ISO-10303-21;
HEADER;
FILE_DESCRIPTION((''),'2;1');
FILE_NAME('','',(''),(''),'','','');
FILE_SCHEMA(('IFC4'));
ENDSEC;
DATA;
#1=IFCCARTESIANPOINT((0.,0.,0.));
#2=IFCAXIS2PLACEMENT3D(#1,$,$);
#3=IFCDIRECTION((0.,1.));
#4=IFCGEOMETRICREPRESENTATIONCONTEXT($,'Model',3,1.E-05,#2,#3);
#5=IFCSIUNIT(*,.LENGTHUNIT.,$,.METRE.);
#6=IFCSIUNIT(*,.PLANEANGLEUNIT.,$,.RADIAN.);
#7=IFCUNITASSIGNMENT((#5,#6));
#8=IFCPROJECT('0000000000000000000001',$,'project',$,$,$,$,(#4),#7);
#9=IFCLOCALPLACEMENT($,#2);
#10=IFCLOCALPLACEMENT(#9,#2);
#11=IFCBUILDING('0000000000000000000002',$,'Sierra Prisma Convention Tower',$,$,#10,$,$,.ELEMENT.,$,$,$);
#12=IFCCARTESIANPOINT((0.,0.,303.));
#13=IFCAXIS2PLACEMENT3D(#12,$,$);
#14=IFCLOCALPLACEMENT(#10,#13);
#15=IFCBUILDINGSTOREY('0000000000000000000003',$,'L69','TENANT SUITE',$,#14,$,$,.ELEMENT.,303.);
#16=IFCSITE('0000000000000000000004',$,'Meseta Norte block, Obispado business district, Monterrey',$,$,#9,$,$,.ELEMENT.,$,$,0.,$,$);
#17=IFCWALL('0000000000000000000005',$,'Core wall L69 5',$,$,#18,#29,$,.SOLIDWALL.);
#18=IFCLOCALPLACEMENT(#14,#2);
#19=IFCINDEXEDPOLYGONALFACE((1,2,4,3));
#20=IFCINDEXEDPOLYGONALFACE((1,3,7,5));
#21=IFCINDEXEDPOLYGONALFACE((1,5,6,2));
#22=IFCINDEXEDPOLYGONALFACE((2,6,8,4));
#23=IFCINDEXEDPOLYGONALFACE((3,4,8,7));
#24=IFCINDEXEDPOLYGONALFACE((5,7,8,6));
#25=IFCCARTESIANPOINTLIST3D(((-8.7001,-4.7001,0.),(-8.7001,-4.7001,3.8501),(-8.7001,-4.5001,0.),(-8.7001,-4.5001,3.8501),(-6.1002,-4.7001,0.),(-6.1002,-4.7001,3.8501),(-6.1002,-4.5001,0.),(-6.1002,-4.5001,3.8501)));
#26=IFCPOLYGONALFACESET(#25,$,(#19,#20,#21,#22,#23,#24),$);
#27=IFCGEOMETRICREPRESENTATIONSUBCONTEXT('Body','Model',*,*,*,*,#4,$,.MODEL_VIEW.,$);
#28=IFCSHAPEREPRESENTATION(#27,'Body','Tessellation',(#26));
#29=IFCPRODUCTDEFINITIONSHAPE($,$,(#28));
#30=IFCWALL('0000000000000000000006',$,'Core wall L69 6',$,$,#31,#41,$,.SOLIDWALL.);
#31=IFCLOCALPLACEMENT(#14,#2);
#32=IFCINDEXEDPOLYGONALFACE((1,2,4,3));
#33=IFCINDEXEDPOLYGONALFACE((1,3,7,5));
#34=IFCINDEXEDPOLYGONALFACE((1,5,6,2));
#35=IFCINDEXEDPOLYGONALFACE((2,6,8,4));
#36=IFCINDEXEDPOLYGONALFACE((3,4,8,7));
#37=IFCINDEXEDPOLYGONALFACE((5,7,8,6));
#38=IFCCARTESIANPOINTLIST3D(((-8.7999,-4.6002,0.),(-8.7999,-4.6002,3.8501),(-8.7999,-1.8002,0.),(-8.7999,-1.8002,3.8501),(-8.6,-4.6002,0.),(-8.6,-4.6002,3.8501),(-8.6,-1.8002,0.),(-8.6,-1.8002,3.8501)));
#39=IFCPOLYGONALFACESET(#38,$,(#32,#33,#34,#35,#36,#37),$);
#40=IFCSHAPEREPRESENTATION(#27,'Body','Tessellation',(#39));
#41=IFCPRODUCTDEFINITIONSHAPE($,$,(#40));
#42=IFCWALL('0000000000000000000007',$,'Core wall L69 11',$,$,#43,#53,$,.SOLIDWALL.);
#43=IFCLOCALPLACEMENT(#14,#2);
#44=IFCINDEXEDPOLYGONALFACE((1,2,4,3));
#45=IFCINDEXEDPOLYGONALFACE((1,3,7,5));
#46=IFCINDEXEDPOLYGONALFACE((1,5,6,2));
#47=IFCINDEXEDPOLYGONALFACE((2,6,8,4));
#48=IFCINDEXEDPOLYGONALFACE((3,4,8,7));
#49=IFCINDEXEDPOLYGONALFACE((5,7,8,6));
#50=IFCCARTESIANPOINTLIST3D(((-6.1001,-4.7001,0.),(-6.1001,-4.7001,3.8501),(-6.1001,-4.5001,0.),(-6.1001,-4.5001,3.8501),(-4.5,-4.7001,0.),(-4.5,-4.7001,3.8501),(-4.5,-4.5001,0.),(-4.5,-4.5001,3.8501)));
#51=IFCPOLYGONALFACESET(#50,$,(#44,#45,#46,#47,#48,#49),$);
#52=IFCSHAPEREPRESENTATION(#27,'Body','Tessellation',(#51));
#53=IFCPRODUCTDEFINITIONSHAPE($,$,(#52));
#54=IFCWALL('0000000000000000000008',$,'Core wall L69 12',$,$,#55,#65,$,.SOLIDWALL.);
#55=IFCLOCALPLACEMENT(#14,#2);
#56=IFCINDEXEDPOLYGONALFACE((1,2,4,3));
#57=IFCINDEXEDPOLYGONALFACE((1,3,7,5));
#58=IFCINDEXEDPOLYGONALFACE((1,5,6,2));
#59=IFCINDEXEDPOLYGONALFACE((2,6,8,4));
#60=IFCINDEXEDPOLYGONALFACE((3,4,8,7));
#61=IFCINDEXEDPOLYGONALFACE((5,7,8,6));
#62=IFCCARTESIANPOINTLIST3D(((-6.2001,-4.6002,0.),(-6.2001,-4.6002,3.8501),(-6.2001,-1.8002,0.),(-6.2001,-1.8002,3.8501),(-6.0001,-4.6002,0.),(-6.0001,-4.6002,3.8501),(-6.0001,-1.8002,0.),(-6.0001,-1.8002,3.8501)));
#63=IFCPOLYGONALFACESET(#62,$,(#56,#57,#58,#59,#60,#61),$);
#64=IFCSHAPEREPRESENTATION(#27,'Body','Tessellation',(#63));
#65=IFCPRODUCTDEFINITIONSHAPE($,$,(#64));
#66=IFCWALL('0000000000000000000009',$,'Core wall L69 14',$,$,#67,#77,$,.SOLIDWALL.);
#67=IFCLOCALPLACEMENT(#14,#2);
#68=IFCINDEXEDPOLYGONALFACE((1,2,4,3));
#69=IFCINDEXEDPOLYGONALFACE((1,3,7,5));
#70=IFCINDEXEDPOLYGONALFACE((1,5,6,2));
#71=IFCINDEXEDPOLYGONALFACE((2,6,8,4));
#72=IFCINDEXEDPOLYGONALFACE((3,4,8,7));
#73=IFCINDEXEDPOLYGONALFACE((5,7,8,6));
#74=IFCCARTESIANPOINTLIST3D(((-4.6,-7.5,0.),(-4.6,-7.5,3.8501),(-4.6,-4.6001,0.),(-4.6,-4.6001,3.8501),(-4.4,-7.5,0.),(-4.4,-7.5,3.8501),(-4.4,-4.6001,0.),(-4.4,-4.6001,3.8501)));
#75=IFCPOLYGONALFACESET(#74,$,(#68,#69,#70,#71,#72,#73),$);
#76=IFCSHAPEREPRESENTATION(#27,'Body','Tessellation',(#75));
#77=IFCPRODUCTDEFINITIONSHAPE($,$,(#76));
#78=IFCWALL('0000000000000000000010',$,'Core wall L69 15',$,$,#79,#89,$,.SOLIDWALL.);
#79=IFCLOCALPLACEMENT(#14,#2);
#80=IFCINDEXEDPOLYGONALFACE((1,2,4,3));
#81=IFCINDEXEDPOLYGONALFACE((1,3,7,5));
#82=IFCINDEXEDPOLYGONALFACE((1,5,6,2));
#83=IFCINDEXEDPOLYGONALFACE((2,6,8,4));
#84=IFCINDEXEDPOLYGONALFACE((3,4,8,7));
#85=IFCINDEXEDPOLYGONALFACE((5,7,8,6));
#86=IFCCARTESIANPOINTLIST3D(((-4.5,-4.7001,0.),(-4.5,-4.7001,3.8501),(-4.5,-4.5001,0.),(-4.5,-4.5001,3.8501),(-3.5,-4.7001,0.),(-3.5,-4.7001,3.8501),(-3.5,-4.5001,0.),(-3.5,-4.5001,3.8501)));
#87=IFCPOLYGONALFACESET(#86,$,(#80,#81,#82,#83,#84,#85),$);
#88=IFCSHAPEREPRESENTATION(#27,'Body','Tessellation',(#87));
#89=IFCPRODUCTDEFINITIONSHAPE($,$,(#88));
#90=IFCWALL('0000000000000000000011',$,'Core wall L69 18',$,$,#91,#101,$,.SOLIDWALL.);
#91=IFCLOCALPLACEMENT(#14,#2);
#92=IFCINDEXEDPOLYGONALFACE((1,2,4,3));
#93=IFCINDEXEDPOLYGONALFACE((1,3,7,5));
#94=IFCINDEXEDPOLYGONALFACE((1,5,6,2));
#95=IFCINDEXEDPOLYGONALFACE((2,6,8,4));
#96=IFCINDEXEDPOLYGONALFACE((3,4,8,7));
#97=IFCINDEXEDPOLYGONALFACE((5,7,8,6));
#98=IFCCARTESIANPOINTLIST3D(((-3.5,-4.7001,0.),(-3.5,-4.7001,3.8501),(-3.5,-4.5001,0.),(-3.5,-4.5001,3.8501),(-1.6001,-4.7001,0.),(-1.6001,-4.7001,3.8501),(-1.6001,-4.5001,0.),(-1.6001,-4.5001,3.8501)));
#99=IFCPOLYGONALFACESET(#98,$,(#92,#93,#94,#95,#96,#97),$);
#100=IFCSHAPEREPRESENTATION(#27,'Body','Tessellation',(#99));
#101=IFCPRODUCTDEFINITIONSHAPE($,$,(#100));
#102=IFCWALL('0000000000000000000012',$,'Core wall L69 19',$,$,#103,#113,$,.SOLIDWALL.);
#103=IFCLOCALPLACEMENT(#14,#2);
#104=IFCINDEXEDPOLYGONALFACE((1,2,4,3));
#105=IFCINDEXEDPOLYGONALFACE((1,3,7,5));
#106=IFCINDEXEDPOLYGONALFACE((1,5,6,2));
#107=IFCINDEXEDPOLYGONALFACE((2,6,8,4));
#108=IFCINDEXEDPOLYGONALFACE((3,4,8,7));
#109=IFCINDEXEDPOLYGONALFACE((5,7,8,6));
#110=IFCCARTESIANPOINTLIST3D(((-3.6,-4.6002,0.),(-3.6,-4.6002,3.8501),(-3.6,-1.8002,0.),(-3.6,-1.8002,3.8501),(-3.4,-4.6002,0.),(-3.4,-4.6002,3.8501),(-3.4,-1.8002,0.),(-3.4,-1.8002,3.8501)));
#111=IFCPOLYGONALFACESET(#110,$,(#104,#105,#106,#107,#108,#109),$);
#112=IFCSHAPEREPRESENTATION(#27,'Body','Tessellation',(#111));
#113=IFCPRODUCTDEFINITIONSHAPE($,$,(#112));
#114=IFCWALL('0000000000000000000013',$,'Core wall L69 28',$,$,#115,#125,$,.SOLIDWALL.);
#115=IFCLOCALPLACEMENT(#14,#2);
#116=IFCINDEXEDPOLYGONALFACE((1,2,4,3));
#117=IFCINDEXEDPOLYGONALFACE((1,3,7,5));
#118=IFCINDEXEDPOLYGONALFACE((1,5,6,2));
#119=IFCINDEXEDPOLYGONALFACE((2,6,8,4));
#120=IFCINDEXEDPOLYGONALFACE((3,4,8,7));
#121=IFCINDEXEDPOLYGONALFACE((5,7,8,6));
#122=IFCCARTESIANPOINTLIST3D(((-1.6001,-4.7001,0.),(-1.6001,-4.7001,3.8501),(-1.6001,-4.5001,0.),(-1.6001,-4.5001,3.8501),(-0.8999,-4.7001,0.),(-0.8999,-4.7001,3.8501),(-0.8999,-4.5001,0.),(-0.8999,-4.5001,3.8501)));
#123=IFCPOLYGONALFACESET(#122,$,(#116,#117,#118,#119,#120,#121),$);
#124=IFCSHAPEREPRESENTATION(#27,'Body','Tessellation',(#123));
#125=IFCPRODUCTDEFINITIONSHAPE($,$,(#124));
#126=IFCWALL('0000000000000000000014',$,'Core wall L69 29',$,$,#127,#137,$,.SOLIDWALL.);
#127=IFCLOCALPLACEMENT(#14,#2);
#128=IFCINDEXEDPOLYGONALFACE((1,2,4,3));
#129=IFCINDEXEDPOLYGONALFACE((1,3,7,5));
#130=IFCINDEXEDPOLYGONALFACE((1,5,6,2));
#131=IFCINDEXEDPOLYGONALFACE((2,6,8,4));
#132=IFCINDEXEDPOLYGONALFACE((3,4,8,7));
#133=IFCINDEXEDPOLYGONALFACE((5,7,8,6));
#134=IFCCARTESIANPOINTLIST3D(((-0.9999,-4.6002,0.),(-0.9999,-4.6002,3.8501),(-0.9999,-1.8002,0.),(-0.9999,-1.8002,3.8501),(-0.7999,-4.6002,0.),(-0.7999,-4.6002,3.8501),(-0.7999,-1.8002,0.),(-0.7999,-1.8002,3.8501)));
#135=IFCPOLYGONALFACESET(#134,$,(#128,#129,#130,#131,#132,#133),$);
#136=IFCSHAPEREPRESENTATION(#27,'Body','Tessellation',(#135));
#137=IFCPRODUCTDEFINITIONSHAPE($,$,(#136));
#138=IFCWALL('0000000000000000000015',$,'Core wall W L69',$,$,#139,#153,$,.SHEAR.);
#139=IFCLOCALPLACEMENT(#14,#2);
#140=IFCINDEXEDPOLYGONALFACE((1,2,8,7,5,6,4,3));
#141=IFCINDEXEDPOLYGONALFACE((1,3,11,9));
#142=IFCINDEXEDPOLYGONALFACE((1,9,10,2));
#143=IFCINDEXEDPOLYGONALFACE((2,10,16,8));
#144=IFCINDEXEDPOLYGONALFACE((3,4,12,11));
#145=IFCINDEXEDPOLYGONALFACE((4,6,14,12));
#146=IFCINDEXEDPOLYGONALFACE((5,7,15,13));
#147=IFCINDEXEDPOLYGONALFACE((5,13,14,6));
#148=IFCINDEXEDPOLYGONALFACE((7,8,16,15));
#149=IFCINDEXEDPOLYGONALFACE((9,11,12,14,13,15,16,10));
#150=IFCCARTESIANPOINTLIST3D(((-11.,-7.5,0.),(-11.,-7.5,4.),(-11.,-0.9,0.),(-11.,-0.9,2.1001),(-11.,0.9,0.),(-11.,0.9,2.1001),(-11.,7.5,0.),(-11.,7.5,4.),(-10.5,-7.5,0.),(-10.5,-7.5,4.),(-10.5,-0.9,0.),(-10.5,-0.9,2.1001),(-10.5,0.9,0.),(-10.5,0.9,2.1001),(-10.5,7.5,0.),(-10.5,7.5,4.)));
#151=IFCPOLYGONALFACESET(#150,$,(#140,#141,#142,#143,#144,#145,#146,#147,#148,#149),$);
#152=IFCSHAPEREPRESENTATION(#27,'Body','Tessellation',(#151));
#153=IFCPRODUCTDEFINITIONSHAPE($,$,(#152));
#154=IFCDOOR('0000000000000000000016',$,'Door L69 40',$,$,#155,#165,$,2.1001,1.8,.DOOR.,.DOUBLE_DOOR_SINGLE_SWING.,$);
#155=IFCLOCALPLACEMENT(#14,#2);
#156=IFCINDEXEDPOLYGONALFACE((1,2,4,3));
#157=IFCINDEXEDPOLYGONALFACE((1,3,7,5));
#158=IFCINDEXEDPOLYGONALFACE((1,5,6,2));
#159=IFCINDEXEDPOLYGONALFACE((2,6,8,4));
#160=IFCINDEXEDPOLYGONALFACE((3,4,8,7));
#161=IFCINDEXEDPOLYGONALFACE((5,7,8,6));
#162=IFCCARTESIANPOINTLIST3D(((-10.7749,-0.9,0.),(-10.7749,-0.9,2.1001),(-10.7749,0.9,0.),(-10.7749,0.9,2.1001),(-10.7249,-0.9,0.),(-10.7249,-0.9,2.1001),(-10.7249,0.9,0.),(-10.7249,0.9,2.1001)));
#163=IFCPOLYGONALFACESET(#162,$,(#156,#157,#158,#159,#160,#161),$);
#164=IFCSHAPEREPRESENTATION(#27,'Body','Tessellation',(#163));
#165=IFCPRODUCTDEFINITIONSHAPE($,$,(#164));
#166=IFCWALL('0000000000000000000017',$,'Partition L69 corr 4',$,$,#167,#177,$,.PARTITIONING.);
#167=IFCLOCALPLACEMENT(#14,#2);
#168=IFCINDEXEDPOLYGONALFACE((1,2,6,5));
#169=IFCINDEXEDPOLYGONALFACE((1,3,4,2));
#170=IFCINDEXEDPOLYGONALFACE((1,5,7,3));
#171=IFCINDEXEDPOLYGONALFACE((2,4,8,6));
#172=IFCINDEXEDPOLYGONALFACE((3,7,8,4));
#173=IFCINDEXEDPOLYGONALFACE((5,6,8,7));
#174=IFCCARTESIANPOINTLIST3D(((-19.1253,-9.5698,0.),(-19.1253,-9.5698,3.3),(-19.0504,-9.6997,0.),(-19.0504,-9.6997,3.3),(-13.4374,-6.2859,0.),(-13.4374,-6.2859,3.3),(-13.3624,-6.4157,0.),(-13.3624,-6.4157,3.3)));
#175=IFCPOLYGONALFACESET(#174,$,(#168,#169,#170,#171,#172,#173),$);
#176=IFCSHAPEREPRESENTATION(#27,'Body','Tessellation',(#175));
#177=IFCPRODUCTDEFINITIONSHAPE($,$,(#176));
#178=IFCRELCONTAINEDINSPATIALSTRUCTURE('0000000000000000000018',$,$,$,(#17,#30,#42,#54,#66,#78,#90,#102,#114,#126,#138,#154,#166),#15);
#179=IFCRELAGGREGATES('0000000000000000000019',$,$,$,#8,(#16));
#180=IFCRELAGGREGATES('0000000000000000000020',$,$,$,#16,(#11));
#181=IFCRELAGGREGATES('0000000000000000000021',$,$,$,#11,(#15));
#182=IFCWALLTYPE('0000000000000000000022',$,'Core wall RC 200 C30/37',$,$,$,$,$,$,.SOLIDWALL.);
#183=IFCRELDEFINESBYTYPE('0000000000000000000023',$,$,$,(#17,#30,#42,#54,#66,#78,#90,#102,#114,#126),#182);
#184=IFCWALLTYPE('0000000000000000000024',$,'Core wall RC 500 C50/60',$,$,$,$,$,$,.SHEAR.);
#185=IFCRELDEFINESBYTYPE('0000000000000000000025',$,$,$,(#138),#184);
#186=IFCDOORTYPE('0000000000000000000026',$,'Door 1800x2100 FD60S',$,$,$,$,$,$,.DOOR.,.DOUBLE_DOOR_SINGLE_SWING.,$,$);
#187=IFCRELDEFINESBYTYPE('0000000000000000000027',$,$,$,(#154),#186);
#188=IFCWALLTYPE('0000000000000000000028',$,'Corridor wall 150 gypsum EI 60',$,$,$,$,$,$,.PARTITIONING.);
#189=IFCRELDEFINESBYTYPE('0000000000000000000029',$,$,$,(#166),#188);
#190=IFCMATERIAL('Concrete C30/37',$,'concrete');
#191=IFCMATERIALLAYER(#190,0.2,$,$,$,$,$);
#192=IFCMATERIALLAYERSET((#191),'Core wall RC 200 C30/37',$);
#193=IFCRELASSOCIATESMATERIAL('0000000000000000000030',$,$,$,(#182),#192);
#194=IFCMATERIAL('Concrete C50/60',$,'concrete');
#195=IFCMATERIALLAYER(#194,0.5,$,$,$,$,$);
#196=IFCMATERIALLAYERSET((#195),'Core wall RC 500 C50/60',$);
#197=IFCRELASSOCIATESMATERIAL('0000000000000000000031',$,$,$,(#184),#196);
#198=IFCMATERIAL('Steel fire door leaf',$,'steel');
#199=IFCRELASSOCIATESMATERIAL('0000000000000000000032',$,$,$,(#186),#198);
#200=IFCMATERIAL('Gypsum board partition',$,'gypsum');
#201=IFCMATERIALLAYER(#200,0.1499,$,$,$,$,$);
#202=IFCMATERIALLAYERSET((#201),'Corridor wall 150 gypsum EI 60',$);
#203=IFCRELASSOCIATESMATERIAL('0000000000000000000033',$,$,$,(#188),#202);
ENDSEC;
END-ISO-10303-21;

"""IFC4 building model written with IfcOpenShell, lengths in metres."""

from ifc_helpers import new_model, si_unit, direction, frame, frame_2d, origin, place, context, subcontext, project, spatial, rectangle, extrude, material, layer, layer_set, type_object, element, fill, save


model = new_model("IFC4")

# Units and contexts
model_context = context("Model", 3, precision=1e-05, world=origin(), true_north=direction((0.0, 1.0)))
body_context = subcontext(model_context, "Body", "Model", "MODEL_VIEW")
ifc_project = project(units=[si_unit("LENGTHUNIT", "METRE"), si_unit("PLANEANGLEUNIT", "RADIAN")], contexts=[model_context])

# Site, building, storey
site_placement = place(None, origin())
site = spatial("IfcSite", under=ifc_project, at=site_placement, Name="Meseta Norte block, Obispado business district, Monterrey", CompositionType="ELEMENT", RefElevation=0.0)
building_placement = place(site_placement, origin())
building = spatial("IfcBuilding", under=site, at=building_placement, Name="Sierra Prisma Convention Tower", CompositionType="ELEMENT")
storey_placement = place(building_placement, frame((0.0, 0.0, 303.0)))
storey = spatial("IfcBuildingStorey", under=building, at=storey_placement, Name="L69", Description="TENANT SUITE", CompositionType="ELEMENT", Elevation=303.0)

# Shared definitions
ifc_material_1 = material(Name="Concrete C30/37", Category="concrete")
ifc_layer_1 = layer(ifc_material_1, 0.2)
ifc_layer_set_1 = layer_set([ifc_layer_1], Name="Core wall RC 200 C30/37")
wall_type_1 = type_object("IfcWallType", Name="Core wall RC 200 C30/37", PredefinedType="SOLIDWALL", material=ifc_layer_set_1)

# Walls
wall_1_placement = place(storey_placement, frame((-8.7, -4.6001, 0.0), z_axis=(0.0, 0.0, 1.0), x_axis=(1.0, 0.0, 0.0)))
element("IfcWall", 1, at=wall_1_placement, inside=storey, type_object=wall_type_1, Name="Core wall L69 5", PredefinedType="SOLIDWALL", context=body_context, shape_type="SweptSolid", body=[
    extrude(rectangle(XDim=2.5999, YDim=0.2, at=frame_2d((1.2998, 0.0))), origin(), (0.0, 0.0, 1.0), 3.8501),
])
wall_2_placement = place(storey_placement, frame((-8.7, -4.6001, 0.0), z_axis=(0.0, 0.0, 1.0), x_axis=(0.0, 1.0, 0.0)))
element("IfcWall", 2, at=wall_2_placement, inside=storey, type_object=wall_type_1, Name="Core wall L69 6", PredefinedType="SOLIDWALL", context=body_context, shape_type="SweptSolid", body=[
    extrude(rectangle(XDim=2.8, YDim=0.2, at=frame_2d((1.3999, 0.0))), origin(), (0.0, 0.0, 1.0), 3.8501),
])
wall_3_placement = place(storey_placement, frame((-6.1001, -4.6001, 0.0), z_axis=(0.0, 0.0, 1.0), x_axis=(1.0, 0.0, 0.0)))
element("IfcWall", 3, at=wall_3_placement, inside=storey, type_object=wall_type_1, Name="Core wall L69 11", PredefinedType="SOLIDWALL", context=body_context, shape_type="SweptSolid", body=[
    extrude(rectangle(XDim=1.6001, YDim=0.2, at=frame_2d((0.8, 0.0))), origin(), (0.0, 0.0, 1.0), 3.8501),
])
wall_4_placement = place(storey_placement, frame((-6.1001, -4.6001, 0.0), z_axis=(0.0, 0.0, 1.0), x_axis=(0.0, 1.0, 0.0)))
element("IfcWall", 4, at=wall_4_placement, inside=storey, type_object=wall_type_1, Name="Core wall L69 12", PredefinedType="SOLIDWALL", context=body_context, shape_type="SweptSolid", body=[
    extrude(rectangle(XDim=2.8, YDim=0.2, at=frame_2d((1.3999, 0.0))), origin(), (0.0, 0.0, 1.0), 3.8501),
])
wall_5_placement = place(storey_placement, frame((-4.5, -4.6001, 0.0), z_axis=(0.0, 0.0, 1.0), x_axis=(0.0, -1.0, 0.0)))
element("IfcWall", 5, at=wall_5_placement, inside=storey, type_object=wall_type_1, Name="Core wall L69 14", PredefinedType="SOLIDWALL", context=body_context, shape_type="SweptSolid", body=[
    extrude(rectangle(XDim=2.8999, YDim=0.2, at=frame_2d((1.45, 0.0))), origin(), (0.0, 0.0, 1.0), 3.8501),
])
wall_6_placement = place(storey_placement, frame((-4.5, -4.6001, 0.0), z_axis=(0.0, 0.0, 1.0), x_axis=(1.0, 0.0, 0.0)))
element("IfcWall", 6, at=wall_6_placement, inside=storey, type_object=wall_type_1, Name="Core wall L69 15", PredefinedType="SOLIDWALL", context=body_context, shape_type="SweptSolid", body=[
    extrude(rectangle(XDim=1.0, YDim=0.2, at=frame_2d((0.5, 0.0))), origin(), (0.0, 0.0, 1.0), 3.8501),
])
wall_7_placement = place(storey_placement, frame((-3.5, -4.6001, 0.0), z_axis=(0.0, 0.0, 1.0), x_axis=(1.0, 0.0, 0.0)))
element("IfcWall", 7, at=wall_7_placement, inside=storey, type_object=wall_type_1, Name="Core wall L69 18", PredefinedType="SOLIDWALL", context=body_context, shape_type="SweptSolid", body=[
    extrude(rectangle(XDim=1.8999, YDim=0.2, at=frame_2d((0.95, 0.0))), origin(), (0.0, 0.0, 1.0), 3.8501),
])
wall_8_placement = place(storey_placement, frame((-3.5, -4.6001, 0.0), z_axis=(0.0, 0.0, 1.0), x_axis=(0.0, 1.0, 0.0)))
element("IfcWall", 8, at=wall_8_placement, inside=storey, type_object=wall_type_1, Name="Core wall L69 19", PredefinedType="SOLIDWALL", context=body_context, shape_type="SweptSolid", body=[
    extrude(rectangle(XDim=2.8, YDim=0.2, at=frame_2d((1.3999, 0.0))), origin(), (0.0, 0.0, 1.0), 3.8501),
])

# Walls
wall_9_placement = place(storey_placement, frame((-1.6001, -4.6001, 0.0), z_axis=(0.0, 0.0, 1.0), x_axis=(1.0, 0.0, 0.0)))
element("IfcWall", 9, at=wall_9_placement, inside=storey, type_object=wall_type_1, Name="Core wall L69 28", PredefinedType="SOLIDWALL", context=body_context, shape_type="SweptSolid", body=[
    extrude(rectangle(XDim=0.7002, YDim=0.2, at=frame_2d((0.3501, 0.0))), origin(), (0.0, 0.0, 1.0), 3.8501),
])
wall_10_placement = place(storey_placement, frame((-0.8999, -4.6001, 0.0), z_axis=(0.0, 0.0, 1.0), x_axis=(0.0, 1.0, 0.0)))
element("IfcWall", 10, at=wall_10_placement, inside=storey, type_object=wall_type_1, Name="Core wall L69 29", PredefinedType="SOLIDWALL", context=body_context, shape_type="SweptSolid", body=[
    extrude(rectangle(XDim=2.8, YDim=0.2, at=frame_2d((1.3999, 0.0))), origin(), (0.0, 0.0, 1.0), 3.8501),
])

# Wall, opening, door
ifc_material_2 = material(Name="Concrete C50/60", Category="concrete")
ifc_layer_2 = layer(ifc_material_2, 0.5)
ifc_layer_set_2 = layer_set([ifc_layer_2], Name="Core wall RC 500 C50/60")
wall_type_2 = type_object("IfcWallType", Name="Core wall RC 500 C50/60", PredefinedType="SHEAR", material=ifc_layer_set_2)
wall_11_placement = place(storey_placement, frame((-10.75, -7.5, 0.0), z_axis=(0.0, 0.0, 1.0), x_axis=(0.0, 1.0, 0.0)))
wall_11 = element("IfcWall", 11, at=wall_11_placement, inside=storey, type_object=wall_type_2, Name="Core wall W L69", PredefinedType="SHEAR", context=body_context, shape_type="SweptSolid", body=[
    extrude(rectangle(XDim=15.0, YDim=0.5, at=frame_2d((7.5, 0.0))), origin(), (0.0, 0.0, 1.0), 4.0),
])
opening_1_placement = place(wall_11_placement, frame((6.6001, 0.0, 0.0)))
opening_1 = element("IfcOpeningElement", 12, at=opening_1_placement, cuts=wall_11, PredefinedType="OPENING", context=body_context, shape_type="SweptSolid", body=[
    extrude(rectangle(XDim=1.8, YDim=2.1001, at=frame_2d((0.8999, 1.05))), frame((0.0, 0.25, 0.0), z_axis=(0.0, -1.0, 0.0), x_axis=(1.0, 0.0, 0.0)), (0.0, 0.0, 1.0), 0.5),
])
ifc_material_3 = material(Name="Steel fire door leaf", Category="steel")
door_type_1 = type_object("IfcDoorType", Name="Door 1800x2100 FD60S", OperationType="DOUBLE_DOOR_SINGLE_SWING", PredefinedType="DOOR", material=ifc_material_3)
door_1_placement = place(opening_1_placement, origin())
door_1 = element("IfcDoor", 13, at=door_1_placement, inside=storey, type_object=door_type_1, Name="Door L69 40", OperationType="DOUBLE_DOOR_SINGLE_SWING", OverallHeight=2.1001, OverallWidth=1.8, PredefinedType="DOOR", context=body_context, shape_type="SweptSolid", body=[
    extrude(rectangle(XDim=1.8, YDim=2.1001, at=frame_2d((0.8999, 1.05))), frame((0.0, 0.0249, 0.0), z_axis=(0.0, -1.0, 0.0), x_axis=(1.0, 0.0, 0.0)), (0.0, 0.0, 1.0), 0.05),
])
fill(opening_1, door_1)

# Wall
ifc_material_4 = material(Name="Gypsum board partition", Category="gypsum")
ifc_layer_3 = layer(ifc_material_4, 0.1499)
ifc_layer_set_3 = layer_set([ifc_layer_3], Name="Corridor wall 150 gypsum EI 60")
wall_type_3 = type_object("IfcWallType", Name="Corridor wall 150 gypsum EI 60", PredefinedType="PARTITIONING", material=ifc_layer_set_3)
wall_12_placement = place(storey_placement, frame((-13.3999, -6.3508, 0.0), z_axis=(0.0, 0.0, 1.0), x_axis=(-0.866027, -0.499997, 0.0)))
element("IfcWall", 14, at=wall_12_placement, inside=storey, type_object=wall_type_3, Name="Partition L69 corr 4", PredefinedType="PARTITIONING", context=body_context, shape_type="SweptSolid", body=[
    extrude(rectangle(XDim=6.5679, YDim=0.1499, at=frame_2d((3.2839, 0.0))), origin(), (0.0, 0.0, 1.0), 3.3),
])

save(model, "model.ifc")
